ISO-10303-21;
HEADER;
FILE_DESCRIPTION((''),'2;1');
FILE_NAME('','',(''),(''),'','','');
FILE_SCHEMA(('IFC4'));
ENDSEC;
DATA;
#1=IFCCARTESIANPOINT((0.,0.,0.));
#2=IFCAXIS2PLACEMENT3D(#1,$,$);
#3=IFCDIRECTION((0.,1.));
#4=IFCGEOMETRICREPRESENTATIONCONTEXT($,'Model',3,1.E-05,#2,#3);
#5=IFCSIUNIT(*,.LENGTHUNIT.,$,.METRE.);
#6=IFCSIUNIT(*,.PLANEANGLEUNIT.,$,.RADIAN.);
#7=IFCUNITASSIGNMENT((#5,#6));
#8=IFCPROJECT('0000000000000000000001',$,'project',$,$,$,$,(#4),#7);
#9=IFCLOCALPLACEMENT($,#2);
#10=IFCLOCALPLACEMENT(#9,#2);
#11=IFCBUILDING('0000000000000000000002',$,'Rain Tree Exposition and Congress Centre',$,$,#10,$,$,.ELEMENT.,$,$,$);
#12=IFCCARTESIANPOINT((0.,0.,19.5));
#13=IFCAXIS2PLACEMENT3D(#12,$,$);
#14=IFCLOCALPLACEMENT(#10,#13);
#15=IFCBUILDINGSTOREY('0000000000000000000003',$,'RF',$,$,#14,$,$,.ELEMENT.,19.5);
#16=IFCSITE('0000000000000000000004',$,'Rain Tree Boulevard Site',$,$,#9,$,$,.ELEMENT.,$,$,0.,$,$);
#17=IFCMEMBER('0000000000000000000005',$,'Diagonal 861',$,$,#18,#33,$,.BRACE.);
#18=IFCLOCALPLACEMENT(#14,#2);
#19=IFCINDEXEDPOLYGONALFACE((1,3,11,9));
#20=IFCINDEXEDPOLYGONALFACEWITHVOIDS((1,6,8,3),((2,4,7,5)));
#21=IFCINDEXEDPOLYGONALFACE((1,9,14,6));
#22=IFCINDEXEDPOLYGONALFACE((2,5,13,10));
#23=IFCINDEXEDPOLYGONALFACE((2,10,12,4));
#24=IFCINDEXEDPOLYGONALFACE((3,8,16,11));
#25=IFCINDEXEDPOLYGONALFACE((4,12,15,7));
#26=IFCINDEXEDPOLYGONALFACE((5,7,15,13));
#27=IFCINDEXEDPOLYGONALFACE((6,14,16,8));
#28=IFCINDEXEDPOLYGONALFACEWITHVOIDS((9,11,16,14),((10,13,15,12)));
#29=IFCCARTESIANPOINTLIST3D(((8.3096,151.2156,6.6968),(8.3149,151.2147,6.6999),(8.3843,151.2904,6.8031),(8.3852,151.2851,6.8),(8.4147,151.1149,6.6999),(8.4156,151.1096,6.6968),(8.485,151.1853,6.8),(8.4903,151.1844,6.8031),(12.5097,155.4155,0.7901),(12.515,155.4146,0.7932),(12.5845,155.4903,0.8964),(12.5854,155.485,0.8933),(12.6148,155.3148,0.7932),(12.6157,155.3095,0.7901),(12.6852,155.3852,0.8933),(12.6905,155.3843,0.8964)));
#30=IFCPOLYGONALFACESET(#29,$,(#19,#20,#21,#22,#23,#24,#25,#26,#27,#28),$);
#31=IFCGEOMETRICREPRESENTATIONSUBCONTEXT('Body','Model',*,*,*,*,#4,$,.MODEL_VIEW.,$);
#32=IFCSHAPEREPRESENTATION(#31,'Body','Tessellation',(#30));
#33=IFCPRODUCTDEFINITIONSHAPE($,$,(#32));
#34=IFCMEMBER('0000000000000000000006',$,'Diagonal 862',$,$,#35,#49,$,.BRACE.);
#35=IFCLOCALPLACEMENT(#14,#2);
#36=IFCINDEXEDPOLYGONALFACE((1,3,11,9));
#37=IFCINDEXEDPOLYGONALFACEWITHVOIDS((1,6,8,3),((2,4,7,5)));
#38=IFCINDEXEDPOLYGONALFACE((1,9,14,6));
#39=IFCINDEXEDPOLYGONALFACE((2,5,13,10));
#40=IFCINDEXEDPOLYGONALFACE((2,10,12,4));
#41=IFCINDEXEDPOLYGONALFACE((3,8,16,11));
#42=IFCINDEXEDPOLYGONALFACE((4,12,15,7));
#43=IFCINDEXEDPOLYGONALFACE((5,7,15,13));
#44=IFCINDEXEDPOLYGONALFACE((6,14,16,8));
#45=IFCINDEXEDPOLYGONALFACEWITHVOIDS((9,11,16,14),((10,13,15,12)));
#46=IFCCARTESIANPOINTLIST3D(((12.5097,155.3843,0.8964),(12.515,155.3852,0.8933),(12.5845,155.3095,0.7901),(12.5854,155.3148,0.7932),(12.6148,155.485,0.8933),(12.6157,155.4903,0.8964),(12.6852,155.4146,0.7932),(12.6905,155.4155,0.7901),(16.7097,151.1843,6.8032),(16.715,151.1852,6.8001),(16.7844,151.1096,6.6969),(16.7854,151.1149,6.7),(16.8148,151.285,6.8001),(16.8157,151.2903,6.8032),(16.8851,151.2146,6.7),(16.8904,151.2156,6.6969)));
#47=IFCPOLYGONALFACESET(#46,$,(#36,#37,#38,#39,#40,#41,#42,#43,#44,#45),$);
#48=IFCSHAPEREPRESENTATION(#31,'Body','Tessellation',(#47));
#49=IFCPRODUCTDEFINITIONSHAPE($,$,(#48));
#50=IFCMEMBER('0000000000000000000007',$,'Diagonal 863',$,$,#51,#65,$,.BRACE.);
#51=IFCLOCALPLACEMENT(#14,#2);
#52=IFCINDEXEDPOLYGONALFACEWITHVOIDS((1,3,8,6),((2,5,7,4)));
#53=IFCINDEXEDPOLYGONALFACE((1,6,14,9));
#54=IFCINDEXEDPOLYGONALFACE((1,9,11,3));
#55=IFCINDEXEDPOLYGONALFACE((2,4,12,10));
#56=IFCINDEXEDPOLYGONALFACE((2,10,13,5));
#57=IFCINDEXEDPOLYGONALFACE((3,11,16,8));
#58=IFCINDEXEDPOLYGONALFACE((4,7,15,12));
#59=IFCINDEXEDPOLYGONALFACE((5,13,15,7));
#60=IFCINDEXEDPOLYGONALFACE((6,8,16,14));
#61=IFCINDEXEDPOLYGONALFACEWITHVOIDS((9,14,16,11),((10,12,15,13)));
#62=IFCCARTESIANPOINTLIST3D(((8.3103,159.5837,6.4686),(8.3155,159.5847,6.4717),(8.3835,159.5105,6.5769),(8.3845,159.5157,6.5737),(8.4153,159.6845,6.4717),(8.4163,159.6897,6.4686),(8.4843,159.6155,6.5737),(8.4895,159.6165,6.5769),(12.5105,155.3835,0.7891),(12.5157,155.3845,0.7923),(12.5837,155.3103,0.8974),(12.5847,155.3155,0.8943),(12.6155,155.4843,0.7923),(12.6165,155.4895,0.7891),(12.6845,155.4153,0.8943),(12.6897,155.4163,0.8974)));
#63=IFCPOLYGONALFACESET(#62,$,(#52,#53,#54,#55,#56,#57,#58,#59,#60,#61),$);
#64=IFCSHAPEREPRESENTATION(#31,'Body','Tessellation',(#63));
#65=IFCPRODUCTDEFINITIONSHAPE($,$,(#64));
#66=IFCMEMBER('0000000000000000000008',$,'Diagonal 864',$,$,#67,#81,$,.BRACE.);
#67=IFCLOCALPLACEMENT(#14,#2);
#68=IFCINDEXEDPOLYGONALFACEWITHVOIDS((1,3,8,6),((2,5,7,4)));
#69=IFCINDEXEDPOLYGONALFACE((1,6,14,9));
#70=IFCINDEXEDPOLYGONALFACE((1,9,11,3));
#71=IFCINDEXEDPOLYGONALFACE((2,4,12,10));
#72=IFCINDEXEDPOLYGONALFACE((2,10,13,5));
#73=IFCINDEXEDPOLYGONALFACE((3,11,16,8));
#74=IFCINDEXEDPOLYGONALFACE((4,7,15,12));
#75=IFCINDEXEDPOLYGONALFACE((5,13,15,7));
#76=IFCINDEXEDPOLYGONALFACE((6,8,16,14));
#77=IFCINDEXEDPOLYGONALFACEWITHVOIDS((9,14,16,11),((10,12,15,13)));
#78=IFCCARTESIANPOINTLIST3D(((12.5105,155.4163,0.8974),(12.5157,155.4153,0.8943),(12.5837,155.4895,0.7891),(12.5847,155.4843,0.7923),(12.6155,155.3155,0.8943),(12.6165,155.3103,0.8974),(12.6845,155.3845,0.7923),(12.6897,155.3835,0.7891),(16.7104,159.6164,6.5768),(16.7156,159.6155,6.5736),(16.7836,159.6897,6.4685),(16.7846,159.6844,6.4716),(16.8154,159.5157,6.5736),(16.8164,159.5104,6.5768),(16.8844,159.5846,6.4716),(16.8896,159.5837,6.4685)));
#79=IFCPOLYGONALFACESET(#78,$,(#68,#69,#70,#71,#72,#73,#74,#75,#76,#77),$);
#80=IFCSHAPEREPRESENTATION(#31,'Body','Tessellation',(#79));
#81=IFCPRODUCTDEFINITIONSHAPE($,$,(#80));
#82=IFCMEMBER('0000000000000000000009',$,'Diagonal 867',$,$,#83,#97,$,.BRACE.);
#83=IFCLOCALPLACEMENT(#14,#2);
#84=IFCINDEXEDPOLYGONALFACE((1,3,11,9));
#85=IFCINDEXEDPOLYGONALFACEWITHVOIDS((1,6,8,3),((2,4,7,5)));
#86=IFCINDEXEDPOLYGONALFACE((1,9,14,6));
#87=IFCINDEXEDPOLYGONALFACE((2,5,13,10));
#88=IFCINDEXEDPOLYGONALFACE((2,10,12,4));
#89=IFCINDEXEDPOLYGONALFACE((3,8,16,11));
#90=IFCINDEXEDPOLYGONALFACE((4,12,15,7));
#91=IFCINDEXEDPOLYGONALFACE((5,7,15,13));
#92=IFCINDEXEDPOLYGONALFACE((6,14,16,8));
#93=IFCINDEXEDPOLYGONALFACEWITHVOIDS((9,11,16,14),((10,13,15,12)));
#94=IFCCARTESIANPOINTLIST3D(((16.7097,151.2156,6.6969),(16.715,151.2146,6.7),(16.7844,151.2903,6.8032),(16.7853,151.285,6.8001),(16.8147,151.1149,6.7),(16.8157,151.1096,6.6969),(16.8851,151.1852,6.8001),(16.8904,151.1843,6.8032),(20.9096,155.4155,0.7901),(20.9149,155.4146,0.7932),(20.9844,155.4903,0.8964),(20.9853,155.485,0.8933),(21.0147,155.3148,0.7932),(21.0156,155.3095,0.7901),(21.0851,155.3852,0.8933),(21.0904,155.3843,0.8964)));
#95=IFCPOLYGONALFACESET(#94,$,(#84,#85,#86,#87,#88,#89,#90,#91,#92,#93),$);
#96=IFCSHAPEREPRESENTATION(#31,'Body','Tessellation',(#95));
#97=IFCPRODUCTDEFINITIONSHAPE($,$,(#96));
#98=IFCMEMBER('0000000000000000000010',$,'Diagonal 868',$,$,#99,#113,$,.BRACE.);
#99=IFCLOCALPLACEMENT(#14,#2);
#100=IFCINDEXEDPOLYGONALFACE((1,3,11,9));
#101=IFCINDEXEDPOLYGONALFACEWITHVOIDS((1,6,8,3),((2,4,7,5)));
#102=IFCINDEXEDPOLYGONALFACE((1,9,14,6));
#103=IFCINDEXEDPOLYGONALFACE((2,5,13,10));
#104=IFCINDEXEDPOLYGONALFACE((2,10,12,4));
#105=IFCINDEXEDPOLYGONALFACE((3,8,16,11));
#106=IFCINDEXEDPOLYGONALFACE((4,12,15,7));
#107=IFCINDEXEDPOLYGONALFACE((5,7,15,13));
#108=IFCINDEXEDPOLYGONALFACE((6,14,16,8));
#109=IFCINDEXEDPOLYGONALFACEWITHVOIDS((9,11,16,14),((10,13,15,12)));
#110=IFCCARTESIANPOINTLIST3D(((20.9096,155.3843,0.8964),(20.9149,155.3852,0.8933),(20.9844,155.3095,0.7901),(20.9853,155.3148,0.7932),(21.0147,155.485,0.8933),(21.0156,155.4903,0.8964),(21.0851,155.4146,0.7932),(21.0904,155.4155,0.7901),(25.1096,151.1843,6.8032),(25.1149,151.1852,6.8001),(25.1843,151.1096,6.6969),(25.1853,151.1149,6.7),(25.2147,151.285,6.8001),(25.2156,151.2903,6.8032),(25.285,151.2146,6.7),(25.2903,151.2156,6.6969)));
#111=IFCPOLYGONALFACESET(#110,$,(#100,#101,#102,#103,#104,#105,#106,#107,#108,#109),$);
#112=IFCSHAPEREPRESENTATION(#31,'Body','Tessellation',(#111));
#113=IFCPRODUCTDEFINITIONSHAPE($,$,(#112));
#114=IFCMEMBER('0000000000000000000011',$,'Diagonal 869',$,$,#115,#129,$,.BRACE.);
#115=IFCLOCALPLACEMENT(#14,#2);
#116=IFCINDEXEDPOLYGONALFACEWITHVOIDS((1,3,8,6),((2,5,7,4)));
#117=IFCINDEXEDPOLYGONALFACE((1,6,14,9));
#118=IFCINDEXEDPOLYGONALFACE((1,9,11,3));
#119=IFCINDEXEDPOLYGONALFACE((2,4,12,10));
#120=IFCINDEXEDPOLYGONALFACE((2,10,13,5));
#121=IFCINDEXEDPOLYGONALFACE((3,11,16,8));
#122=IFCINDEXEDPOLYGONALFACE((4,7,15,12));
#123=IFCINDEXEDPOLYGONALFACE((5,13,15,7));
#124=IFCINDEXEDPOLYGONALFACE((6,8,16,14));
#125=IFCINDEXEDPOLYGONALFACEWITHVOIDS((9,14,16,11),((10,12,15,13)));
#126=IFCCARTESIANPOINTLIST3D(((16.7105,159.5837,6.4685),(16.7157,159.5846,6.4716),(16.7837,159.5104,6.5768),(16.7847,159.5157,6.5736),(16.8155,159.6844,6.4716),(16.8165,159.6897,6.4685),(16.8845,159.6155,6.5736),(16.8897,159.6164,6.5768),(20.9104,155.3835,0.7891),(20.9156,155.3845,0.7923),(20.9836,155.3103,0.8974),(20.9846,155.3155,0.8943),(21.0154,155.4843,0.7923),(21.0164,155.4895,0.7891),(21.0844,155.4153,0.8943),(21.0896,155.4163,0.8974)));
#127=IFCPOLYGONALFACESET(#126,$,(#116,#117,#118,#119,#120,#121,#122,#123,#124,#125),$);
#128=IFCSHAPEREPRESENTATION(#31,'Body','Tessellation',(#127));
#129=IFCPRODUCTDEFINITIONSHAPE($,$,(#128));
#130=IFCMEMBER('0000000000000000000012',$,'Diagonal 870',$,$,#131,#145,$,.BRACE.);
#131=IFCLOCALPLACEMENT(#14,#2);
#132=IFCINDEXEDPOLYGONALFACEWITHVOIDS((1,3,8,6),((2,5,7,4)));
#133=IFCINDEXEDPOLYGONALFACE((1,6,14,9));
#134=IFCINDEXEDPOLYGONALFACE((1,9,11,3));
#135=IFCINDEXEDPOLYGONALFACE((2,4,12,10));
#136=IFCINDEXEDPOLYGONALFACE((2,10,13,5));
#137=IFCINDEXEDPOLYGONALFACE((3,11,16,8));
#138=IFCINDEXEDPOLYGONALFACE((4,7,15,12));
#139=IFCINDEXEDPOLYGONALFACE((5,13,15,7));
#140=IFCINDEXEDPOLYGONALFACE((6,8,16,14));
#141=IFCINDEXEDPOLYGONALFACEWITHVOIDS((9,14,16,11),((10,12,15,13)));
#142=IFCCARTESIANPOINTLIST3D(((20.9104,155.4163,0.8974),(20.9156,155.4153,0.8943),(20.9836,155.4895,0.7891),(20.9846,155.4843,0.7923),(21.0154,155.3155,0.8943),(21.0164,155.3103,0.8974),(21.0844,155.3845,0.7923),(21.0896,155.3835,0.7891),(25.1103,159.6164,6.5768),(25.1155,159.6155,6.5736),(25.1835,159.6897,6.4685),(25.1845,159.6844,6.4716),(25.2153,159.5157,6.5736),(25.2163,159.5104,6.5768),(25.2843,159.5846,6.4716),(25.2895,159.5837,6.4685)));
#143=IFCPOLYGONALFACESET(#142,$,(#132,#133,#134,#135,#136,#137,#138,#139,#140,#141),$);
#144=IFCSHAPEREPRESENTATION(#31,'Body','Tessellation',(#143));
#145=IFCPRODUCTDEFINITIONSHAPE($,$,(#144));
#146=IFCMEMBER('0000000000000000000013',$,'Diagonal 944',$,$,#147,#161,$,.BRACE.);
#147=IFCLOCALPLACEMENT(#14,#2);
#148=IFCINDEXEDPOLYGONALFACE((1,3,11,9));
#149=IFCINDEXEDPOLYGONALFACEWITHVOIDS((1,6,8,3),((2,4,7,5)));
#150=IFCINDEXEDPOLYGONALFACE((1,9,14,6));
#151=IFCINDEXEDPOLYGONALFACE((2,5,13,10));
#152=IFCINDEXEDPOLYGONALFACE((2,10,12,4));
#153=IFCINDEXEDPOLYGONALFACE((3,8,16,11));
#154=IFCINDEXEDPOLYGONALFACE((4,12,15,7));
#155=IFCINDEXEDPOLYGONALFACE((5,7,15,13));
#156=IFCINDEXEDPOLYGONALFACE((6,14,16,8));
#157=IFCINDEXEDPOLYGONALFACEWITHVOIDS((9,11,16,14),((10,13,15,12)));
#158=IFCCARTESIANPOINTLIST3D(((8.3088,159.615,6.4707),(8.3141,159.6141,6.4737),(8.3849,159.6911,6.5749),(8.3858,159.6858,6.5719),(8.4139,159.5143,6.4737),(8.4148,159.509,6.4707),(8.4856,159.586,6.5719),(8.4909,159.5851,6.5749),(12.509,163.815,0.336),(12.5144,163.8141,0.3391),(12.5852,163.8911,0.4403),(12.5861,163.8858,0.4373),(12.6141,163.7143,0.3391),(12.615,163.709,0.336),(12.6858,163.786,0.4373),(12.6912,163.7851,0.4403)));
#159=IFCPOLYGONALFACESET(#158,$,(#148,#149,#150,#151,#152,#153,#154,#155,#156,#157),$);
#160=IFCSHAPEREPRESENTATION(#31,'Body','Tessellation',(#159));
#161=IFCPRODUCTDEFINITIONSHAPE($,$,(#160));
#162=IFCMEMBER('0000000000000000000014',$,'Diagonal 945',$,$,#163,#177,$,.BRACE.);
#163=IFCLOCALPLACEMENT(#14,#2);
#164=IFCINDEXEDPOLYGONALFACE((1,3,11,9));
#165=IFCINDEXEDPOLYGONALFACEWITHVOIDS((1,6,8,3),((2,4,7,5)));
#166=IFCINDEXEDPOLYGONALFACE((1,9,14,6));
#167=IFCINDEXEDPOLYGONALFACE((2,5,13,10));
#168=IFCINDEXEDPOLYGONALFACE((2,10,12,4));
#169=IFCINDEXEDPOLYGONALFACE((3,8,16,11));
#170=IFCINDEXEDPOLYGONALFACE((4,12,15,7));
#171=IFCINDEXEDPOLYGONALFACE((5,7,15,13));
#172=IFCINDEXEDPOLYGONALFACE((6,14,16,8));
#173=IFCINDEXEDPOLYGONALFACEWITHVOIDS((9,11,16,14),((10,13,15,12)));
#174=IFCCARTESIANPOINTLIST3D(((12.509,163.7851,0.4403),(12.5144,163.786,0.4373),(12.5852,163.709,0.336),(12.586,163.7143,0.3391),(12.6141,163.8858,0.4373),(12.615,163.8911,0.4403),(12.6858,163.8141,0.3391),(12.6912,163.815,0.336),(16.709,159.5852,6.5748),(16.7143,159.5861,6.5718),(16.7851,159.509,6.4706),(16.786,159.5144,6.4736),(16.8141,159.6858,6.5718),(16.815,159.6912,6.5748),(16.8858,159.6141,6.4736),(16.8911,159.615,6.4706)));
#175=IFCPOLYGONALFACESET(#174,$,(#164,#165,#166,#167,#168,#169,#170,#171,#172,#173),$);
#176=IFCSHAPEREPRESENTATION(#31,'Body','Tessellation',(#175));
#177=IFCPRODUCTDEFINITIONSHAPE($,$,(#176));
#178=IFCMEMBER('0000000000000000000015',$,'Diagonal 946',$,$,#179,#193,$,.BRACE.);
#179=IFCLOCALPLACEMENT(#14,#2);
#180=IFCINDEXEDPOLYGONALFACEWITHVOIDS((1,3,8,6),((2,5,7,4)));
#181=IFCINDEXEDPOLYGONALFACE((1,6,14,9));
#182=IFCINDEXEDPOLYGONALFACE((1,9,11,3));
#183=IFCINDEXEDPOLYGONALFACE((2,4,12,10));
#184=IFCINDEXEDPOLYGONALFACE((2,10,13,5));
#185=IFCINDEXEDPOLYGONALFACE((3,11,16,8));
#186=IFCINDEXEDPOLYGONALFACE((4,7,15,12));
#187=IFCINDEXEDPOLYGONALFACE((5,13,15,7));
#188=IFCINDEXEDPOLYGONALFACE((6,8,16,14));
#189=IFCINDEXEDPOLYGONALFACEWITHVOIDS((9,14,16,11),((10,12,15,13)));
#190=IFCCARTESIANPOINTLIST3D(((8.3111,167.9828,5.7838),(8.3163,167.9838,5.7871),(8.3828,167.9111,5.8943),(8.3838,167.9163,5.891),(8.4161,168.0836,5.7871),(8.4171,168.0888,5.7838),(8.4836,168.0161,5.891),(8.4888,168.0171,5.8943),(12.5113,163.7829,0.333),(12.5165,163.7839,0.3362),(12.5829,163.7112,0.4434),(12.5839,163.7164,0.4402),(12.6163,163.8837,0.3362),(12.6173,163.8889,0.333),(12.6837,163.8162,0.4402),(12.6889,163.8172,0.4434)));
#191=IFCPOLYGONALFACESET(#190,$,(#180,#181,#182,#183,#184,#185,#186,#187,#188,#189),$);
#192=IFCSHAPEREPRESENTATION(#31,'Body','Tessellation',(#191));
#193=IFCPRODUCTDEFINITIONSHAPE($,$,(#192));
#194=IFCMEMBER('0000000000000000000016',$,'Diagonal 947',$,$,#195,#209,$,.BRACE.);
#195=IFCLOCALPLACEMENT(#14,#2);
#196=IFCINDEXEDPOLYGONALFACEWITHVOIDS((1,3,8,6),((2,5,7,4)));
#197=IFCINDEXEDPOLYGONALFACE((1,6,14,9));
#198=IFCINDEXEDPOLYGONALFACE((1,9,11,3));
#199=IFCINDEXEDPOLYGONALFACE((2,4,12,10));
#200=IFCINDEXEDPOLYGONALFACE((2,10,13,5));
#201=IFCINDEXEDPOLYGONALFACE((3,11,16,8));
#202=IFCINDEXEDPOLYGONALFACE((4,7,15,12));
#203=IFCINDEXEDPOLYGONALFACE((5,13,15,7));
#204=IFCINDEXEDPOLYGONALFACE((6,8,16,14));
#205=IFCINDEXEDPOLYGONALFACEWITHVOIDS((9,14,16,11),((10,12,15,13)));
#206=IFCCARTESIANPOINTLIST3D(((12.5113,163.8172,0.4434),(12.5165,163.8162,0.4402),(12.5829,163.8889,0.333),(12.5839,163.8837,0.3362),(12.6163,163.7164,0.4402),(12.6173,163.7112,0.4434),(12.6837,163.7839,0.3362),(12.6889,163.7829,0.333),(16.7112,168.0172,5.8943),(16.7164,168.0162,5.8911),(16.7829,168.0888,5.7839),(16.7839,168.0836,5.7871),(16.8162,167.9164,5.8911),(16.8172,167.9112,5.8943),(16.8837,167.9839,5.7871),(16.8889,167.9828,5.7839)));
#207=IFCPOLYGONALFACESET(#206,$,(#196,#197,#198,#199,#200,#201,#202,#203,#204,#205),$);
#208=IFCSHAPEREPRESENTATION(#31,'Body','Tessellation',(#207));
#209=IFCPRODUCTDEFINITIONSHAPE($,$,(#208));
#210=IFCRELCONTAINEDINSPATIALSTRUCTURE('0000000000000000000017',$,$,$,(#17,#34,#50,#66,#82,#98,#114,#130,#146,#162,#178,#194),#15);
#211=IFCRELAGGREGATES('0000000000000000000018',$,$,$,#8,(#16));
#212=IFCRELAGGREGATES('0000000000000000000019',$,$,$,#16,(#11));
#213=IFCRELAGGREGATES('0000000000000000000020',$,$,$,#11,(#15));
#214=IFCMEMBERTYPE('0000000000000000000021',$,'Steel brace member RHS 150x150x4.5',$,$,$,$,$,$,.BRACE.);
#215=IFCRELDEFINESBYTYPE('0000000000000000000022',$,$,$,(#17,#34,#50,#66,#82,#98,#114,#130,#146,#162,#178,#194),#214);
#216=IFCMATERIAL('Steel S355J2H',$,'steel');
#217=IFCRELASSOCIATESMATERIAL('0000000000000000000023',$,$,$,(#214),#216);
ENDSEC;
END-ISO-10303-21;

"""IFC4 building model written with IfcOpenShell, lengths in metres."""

from ifc_helpers import new_model, si_unit, direction, frame, origin, origin_2d, place, context, subcontext, project, spatial, hollow_rectangle, extrude, material, material_profile, profile_set, type_object, element, save


model = new_model("IFC4")

# Units and contexts
model_context = context("Model", 3, precision=1e-05, world=origin(), true_north=direction((0.0, 1.0)))
body_context = subcontext(model_context, "Body", "Model", "MODEL_VIEW")
ifc_project = project(units=[si_unit("LENGTHUNIT", "METRE"), si_unit("PLANEANGLEUNIT", "RADIAN")], contexts=[model_context])

# Site, building, storey
site_placement = place(None, origin())
site = spatial("IfcSite", under=ifc_project, at=site_placement, Name="Rain Tree Boulevard Site", CompositionType="ELEMENT", RefElevation=0.0)
building_placement = place(site_placement, origin())
building = spatial("IfcBuilding", under=site, at=building_placement, Name="Rain Tree Exposition and Congress Centre", CompositionType="ELEMENT")
storey_placement = place(building_placement, frame((0.0, 0.0, 19.5)))
storey = spatial("IfcBuildingStorey", under=building, at=storey_placement, Name="RF", CompositionType="ELEMENT", Elevation=19.5)

# Members
ifc_material_1 = material(Name="Steel S355J2H", Category="steel")
ifc_material_profile_1 = material_profile(ifc_material_1, hollow_rectangle(XDim=0.1499, YDim=0.1499, WallThickness=0.0044, at=origin_2d()), Name="RHS 150x150x4.5")
ifc_profile_set_1 = profile_set([ifc_material_profile_1], Name="Steel S355J2H")
member_type_1 = type_object("IfcMemberType", Name="Steel brace member RHS 150x150x4.5", PredefinedType="BRACE", material=ifc_profile_set_1)
for number, where, z_axis, x_axis, name in (
    (1, (12.6001, 155.3999, 0.8433), (-0.501408, -0.501379, 0.705131), (0.707086, -0.707127, 0.0), "Diagonal 861"),
    (2, (12.6001, 155.3999, 0.8433), (0.501386, -0.501386, 0.705141), (0.707107, 0.707107, 0.0), "Diagonal 862"),
):
    element("IfcMember", number, at=place(storey_placement, frame(where, z_axis=z_axis, x_axis=x_axis)), inside=storey, type_object=member_type_1, Name=name, PredefinedType="BRACE", context=body_context, shape_type="SweptSolid", body=[
        extrude(hollow_rectangle(XDim=0.1499, YDim=0.1499, WallThickness=0.0044, at=origin_2d()), origin(), (0.0, 0.0, 1.0), 8.3767),
    ])
member_1_placement = place(storey_placement, frame((12.6001, 155.3999, 0.8433), z_axis=(-0.511083, 0.511083, 0.691078), x_axis=(-0.707107, -0.707107, 0.0)))
element("IfcMember", 3, at=member_1_placement, inside=storey, type_object=member_type_1, Name="Diagonal 863", PredefinedType="BRACE", context=body_context, shape_type="SweptSolid", body=[
    extrude(hollow_rectangle(XDim=0.1499, YDim=0.1499, WallThickness=0.0044, at=origin_2d()), origin(), (0.0, 0.0, 1.0), 8.2183),
])
member_2_placement = place(storey_placement, frame((12.6001, 155.3999, 0.8433), z_axis=(0.511061, 0.51109, 0.691089), x_axis=(-0.707127, 0.707086, 0.0)))
element("IfcMember", 4, at=member_2_placement, inside=storey, type_object=member_type_1, Name="Diagonal 864", PredefinedType="BRACE", context=body_context, shape_type="SweptSolid", body=[
    extrude(hollow_rectangle(XDim=0.1499, YDim=0.1499, WallThickness=0.0044, at=origin_2d()), origin(), (0.0, 0.0, 1.0), 8.218),
])
for number, where, z_axis, x_axis, name in (
    (5, (21.0, 155.3999, 0.8433), (-0.501386, -0.501386, 0.705141), (0.707107, -0.707107, 0.0), "Diagonal 867"),
    (6, (21.0, 155.3999, 0.8433), (0.501386, -0.501386, 0.705141), (0.707107, 0.707107, 0.0), "Diagonal 868"),
):
    element("IfcMember", number, at=place(storey_placement, frame(where, z_axis=z_axis, x_axis=x_axis)), inside=storey, type_object=member_type_1, Name=name, PredefinedType="BRACE", context=body_context, shape_type="SweptSolid", body=[
        extrude(hollow_rectangle(XDim=0.1499, YDim=0.1499, WallThickness=0.0044, at=origin_2d()), origin(), (0.0, 0.0, 1.0), 8.3767),
    ])
for number, where, z_axis, x_axis, name in (
    (7, (21.0, 155.3999, 0.8433), (-0.511061, 0.51109, 0.691089), (-0.707127, -0.707086, 0.0), "Diagonal 869"),
    (8, (21.0, 155.3999, 0.8433), (0.511061, 0.51109, 0.691089), (-0.707127, 0.707086, 0.0), "Diagonal 870"),
):
    element("IfcMember", number, at=place(storey_placement, frame(where, z_axis=z_axis, x_axis=x_axis)), inside=storey, type_object=member_type_1, Name=name, PredefinedType="BRACE", context=body_context, shape_type="SweptSolid", body=[
        extrude(hollow_rectangle(XDim=0.1499, YDim=0.1499, WallThickness=0.0044, at=origin_2d()), origin(), (0.0, 0.0, 1.0), 8.218),
    ])
member_3_placement = place(storey_placement, frame((12.6001, 163.8, 0.3882), z_axis=(-0.491887, -0.491858, 0.718417), x_axis=(0.707086, -0.707127, 0.0)))
element("IfcMember", 9, at=member_3_placement, inside=storey, type_object=member_type_1, Name="Diagonal 944", PredefinedType="BRACE", context=body_context, shape_type="SweptSolid", body=[
    extrude(hollow_rectangle(XDim=0.1499, YDim=0.1499, WallThickness=0.0044, at=origin_2d()), origin(), (0.0, 0.0, 1.0), 8.5391),
])
member_4_placement = place(storey_placement, frame((12.6001, 163.8, 0.3882), z_axis=(0.491865, -0.491865, 0.718427), x_axis=(0.707107, 0.707107, 0.0)))
element("IfcMember", 10, at=member_4_placement, inside=storey, type_object=member_type_1, Name="Diagonal 945", PredefinedType="BRACE", context=body_context, shape_type="SweptSolid", body=[
    extrude(hollow_rectangle(XDim=0.1499, YDim=0.1499, WallThickness=0.0044, at=origin_2d()), origin(), (0.0, 0.0, 1.0), 8.5388),
])
for number, where, z_axis, x_axis, name in (
    (11, (12.6001, 163.8, 0.3882), (-0.520995, 0.520965, 0.676136), (-0.707086, -0.707127, 0.0), "Diagonal 946"),
    (12, (12.6001, 163.8, 0.3882), (0.520973, 0.520973, 0.676147), (-0.707107, 0.707107, 0.0), "Diagonal 947"),
):
    element("IfcMember", number, at=place(storey_placement, frame(where, z_axis=z_axis, x_axis=x_axis)), inside=storey, type_object=member_type_1, Name=name, PredefinedType="BRACE", context=body_context, shape_type="SweptSolid", body=[
        extrude(hollow_rectangle(XDim=0.1499, YDim=0.1499, WallThickness=0.0044, at=origin_2d()), origin(), (0.0, 0.0, 1.0), 8.0618),
    ])

save(model, "model.ifc")
